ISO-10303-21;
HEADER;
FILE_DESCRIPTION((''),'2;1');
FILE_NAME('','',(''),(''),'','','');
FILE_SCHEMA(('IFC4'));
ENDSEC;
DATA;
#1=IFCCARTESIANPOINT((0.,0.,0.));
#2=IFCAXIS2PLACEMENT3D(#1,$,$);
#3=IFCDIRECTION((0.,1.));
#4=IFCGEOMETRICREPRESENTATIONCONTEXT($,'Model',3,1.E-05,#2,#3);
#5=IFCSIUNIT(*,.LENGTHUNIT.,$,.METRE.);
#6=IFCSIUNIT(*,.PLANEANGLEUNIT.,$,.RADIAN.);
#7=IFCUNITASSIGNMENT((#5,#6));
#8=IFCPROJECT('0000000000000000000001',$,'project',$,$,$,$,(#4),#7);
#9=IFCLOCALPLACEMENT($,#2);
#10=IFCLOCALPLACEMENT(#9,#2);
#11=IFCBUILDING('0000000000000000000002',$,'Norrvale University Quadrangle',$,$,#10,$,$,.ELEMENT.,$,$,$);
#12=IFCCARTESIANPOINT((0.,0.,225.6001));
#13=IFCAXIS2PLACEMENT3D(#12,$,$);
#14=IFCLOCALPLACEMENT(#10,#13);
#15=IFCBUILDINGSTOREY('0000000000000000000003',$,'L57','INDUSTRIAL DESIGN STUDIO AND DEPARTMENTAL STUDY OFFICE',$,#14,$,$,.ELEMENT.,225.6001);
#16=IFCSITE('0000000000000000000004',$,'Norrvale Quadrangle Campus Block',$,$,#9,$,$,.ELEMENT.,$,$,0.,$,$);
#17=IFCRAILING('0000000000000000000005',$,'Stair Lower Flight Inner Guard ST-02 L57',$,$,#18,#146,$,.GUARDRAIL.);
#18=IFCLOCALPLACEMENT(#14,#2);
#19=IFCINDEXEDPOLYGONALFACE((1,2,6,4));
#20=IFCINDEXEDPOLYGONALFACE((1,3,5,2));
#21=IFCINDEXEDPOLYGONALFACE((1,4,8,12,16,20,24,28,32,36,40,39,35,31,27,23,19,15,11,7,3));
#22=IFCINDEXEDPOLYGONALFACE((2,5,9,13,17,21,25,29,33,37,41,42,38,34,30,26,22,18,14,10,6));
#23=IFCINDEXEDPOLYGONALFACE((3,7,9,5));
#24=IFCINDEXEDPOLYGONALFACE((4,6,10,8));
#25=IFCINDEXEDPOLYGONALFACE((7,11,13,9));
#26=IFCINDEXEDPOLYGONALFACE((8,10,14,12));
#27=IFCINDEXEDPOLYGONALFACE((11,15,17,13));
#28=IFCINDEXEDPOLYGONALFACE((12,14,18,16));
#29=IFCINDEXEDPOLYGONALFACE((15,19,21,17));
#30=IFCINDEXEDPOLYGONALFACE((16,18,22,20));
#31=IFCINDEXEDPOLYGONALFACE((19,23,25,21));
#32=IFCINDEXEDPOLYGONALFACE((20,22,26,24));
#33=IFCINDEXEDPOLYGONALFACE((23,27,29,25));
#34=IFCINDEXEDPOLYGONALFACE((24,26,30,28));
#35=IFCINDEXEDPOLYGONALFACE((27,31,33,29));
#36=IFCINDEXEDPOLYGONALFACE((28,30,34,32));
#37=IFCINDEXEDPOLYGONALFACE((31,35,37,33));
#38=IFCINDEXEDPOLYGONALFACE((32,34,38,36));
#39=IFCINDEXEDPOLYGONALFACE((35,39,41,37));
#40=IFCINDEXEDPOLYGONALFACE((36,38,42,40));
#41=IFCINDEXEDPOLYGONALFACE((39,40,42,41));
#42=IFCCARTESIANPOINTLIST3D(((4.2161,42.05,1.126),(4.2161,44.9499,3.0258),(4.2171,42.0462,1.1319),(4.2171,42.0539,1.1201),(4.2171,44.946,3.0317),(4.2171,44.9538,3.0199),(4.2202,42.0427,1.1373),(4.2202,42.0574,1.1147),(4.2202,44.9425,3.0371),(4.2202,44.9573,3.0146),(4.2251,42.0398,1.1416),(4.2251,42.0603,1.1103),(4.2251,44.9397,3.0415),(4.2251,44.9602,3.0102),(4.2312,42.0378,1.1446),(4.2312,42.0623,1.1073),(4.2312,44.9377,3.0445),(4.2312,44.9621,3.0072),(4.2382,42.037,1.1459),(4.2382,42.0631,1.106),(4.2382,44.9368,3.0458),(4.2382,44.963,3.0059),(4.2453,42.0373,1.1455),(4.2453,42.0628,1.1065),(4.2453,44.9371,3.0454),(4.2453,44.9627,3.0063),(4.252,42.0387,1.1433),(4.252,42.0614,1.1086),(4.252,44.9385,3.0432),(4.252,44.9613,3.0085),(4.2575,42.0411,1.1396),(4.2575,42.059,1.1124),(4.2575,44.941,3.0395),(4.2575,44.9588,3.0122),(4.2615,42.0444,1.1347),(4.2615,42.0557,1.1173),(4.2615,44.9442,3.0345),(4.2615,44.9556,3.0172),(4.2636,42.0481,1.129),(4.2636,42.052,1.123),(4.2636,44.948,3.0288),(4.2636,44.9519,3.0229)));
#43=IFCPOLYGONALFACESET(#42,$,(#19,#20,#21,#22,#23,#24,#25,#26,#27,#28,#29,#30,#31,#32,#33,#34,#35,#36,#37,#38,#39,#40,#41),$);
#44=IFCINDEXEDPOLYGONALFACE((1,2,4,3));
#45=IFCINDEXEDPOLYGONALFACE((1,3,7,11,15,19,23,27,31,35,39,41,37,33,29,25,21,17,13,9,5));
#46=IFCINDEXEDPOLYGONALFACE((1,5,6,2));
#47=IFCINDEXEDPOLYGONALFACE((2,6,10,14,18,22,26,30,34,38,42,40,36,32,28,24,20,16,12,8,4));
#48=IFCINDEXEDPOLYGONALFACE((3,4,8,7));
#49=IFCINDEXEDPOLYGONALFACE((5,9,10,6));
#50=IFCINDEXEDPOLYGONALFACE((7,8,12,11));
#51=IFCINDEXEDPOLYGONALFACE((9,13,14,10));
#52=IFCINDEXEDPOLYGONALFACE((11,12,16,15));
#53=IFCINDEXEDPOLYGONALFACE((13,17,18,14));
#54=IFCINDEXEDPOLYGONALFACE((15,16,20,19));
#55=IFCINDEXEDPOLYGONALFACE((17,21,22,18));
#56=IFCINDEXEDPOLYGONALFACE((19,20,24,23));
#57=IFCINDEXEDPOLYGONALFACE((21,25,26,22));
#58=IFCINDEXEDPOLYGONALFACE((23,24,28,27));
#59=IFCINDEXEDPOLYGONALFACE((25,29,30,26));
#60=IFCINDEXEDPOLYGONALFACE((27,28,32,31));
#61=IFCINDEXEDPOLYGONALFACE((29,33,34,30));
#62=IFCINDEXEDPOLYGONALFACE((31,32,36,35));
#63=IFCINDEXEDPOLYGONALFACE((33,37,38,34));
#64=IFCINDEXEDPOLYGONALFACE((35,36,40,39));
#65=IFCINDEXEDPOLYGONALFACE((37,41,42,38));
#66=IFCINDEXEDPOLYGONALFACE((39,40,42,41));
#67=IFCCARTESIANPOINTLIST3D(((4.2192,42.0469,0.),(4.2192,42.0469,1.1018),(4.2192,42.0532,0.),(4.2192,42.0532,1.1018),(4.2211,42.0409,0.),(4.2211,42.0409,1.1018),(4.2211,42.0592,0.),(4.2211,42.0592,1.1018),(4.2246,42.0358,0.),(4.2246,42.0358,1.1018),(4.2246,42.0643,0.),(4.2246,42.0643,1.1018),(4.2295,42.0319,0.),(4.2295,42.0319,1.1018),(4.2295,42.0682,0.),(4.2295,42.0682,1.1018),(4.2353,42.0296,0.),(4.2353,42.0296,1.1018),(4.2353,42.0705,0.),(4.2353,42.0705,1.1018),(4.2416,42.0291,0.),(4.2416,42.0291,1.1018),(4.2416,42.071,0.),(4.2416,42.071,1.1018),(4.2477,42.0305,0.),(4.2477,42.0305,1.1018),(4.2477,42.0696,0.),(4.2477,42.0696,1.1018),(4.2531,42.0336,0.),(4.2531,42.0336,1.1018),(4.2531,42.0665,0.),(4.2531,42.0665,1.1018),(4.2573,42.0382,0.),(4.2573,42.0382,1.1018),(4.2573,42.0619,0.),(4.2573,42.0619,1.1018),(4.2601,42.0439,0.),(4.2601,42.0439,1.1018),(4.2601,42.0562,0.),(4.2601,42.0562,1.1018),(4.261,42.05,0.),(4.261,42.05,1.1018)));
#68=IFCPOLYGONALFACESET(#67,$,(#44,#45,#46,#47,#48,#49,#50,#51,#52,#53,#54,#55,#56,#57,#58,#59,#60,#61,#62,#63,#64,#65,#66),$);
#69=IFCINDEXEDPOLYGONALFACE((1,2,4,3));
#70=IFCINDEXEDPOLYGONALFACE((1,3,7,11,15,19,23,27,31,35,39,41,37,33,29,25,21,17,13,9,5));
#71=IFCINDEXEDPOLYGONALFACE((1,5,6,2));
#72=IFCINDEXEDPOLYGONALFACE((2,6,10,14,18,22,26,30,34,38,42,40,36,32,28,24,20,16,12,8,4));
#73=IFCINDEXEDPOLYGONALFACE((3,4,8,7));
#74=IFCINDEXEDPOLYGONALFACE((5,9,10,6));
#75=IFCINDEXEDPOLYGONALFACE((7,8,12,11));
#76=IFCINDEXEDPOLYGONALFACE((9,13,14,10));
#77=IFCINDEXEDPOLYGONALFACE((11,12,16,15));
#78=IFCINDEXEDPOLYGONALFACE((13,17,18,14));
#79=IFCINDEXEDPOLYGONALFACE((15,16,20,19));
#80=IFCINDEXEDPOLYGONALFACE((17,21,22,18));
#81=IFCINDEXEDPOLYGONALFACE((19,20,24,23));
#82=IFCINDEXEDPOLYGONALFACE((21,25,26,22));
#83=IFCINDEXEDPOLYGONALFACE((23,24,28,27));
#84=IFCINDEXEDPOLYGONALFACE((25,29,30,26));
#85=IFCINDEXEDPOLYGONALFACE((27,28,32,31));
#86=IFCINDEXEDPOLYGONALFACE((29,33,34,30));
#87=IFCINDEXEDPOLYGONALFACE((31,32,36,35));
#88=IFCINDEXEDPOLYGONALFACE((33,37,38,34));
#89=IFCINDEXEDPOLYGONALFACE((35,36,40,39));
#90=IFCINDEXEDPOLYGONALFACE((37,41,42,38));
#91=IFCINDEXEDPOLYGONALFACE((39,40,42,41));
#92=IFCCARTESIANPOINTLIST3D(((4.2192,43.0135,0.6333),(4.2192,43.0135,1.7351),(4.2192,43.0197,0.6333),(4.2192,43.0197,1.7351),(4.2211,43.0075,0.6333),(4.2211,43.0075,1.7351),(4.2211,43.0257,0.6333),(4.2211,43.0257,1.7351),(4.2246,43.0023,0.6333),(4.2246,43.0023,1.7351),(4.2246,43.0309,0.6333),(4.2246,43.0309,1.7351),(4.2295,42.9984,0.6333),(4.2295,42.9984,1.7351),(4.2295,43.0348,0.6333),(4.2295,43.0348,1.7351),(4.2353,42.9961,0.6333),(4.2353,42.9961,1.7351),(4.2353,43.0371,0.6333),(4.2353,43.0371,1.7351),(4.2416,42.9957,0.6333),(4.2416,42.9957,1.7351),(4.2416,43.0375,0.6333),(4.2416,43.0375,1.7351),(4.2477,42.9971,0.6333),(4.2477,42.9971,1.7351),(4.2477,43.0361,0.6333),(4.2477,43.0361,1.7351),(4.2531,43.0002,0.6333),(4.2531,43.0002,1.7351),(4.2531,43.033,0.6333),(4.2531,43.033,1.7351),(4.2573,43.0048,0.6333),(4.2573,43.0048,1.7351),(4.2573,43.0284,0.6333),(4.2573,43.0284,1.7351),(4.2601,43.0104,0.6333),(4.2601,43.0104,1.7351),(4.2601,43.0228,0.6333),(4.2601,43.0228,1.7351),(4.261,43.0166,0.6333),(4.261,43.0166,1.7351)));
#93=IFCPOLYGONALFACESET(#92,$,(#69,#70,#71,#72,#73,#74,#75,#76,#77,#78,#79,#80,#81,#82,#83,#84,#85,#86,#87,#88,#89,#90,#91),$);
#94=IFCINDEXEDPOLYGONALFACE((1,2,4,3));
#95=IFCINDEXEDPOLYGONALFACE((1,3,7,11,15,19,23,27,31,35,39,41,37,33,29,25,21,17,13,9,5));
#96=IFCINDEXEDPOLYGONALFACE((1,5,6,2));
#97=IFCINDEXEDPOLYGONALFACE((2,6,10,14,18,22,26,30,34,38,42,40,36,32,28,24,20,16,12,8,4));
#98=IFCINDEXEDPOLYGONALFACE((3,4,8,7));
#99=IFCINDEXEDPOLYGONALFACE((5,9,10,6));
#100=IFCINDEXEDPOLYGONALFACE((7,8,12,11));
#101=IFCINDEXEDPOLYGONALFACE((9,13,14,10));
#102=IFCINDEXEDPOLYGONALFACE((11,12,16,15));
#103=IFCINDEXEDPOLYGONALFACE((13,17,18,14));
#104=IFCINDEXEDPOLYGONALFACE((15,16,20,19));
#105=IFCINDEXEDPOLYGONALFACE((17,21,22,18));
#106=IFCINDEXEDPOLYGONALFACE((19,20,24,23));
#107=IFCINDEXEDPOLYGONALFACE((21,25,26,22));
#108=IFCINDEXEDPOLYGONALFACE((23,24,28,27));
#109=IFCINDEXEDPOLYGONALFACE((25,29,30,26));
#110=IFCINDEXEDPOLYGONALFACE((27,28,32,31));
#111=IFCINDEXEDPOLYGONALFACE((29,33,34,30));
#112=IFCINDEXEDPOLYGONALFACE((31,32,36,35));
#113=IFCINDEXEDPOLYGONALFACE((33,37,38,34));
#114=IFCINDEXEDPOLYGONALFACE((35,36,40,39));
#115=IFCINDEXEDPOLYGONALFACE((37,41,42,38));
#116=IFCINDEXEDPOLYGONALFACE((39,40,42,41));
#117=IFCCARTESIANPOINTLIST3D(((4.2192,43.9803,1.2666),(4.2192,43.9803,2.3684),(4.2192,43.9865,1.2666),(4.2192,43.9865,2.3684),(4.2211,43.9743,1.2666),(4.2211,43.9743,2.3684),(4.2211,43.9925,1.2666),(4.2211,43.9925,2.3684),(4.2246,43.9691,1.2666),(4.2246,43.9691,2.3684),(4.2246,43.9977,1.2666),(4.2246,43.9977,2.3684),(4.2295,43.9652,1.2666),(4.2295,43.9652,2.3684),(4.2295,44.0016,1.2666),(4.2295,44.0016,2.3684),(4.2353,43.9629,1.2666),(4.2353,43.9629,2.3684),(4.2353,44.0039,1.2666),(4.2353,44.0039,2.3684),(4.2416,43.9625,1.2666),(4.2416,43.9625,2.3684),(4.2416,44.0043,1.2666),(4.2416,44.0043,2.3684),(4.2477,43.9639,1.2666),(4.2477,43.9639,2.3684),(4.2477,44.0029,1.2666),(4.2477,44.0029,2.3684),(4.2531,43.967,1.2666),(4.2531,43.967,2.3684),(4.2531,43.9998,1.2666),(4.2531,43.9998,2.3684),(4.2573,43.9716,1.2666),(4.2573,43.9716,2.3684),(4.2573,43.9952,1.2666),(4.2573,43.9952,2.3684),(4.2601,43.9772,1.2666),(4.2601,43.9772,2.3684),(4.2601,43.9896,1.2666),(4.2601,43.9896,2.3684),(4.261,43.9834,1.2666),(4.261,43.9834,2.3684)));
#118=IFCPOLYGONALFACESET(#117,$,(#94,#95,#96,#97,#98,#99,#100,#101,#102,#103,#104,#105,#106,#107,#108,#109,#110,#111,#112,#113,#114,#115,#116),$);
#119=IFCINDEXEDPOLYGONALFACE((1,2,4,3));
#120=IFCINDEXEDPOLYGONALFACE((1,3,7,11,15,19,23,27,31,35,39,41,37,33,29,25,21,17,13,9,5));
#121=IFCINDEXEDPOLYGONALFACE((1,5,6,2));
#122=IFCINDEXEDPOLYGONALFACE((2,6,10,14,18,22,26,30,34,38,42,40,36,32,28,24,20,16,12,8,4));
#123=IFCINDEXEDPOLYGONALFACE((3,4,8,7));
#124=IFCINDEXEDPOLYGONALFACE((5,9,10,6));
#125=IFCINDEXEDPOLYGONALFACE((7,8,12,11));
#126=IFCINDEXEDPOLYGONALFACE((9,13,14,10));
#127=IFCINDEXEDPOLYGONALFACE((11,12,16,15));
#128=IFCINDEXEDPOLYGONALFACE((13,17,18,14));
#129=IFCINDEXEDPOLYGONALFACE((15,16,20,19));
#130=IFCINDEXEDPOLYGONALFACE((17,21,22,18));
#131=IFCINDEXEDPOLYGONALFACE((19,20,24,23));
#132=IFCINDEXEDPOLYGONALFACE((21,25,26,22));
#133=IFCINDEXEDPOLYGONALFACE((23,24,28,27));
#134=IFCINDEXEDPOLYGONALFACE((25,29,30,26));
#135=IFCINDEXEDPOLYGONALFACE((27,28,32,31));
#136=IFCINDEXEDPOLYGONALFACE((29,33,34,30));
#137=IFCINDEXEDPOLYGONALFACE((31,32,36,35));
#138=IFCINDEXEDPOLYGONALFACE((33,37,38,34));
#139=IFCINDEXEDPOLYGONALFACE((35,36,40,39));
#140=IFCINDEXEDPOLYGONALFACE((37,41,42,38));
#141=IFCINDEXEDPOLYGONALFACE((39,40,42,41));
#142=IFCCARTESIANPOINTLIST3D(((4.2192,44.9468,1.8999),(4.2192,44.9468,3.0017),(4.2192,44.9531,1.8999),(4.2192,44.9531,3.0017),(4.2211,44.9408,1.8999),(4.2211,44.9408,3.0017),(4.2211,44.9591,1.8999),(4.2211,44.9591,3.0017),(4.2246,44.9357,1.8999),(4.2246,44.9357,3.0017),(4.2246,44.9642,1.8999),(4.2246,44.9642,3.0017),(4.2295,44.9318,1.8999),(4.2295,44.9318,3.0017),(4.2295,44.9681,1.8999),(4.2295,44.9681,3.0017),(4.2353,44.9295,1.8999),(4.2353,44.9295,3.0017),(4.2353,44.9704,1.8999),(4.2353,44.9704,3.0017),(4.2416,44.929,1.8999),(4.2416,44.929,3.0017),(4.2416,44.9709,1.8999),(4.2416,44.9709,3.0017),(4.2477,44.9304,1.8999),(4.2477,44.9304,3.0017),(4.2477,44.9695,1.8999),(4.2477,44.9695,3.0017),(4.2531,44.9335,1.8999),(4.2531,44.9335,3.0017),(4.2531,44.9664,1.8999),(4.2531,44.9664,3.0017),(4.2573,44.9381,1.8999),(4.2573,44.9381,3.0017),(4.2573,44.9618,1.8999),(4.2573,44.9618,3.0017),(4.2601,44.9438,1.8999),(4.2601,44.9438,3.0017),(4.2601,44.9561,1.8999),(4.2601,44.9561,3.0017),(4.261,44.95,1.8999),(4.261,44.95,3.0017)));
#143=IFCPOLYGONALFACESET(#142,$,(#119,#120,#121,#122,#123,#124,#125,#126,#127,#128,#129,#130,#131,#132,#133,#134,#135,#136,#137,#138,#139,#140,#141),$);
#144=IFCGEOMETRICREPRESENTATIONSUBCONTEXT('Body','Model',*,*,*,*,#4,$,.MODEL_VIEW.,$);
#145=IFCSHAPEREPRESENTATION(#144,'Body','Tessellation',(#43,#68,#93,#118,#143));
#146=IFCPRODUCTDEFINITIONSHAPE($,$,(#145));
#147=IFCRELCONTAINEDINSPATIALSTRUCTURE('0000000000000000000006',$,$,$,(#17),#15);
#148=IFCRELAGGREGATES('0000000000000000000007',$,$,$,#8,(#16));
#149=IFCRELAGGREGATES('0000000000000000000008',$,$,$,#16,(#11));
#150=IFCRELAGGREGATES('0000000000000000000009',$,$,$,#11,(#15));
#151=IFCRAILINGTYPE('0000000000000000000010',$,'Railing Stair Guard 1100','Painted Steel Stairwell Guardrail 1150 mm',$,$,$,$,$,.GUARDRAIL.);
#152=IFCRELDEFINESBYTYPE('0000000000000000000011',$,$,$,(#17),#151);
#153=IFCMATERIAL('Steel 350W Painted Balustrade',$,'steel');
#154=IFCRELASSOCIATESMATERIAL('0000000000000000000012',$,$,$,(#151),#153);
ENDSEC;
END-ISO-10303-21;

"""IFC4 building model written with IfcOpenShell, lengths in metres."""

from ifc_helpers import new_model, si_unit, direction, frame, origin, origin_2d, place, context, subcontext, project, spatial, circle, extrude, material, type_object, element, save


model = new_model("IFC4")

# Units and contexts
model_context = context("Model", 3, precision=1e-05, world=origin(), true_north=direction((0.0, 1.0)))
body_context = subcontext(model_context, "Body", "Model", "MODEL_VIEW")
ifc_project = project(units=[si_unit("LENGTHUNIT", "METRE"), si_unit("PLANEANGLEUNIT", "RADIAN")], contexts=[model_context])

# Site, building, storey
site_placement = place(None, origin())
site = spatial("IfcSite", under=ifc_project, at=site_placement, Name="Norrvale Quadrangle Campus Block", CompositionType="ELEMENT", RefElevation=0.0)
building_placement = place(site_placement, origin())
building = spatial("IfcBuilding", under=site, at=building_placement, Name="Norrvale University Quadrangle", CompositionType="ELEMENT")
storey_placement = place(building_placement, frame((0.0, 0.0, 225.6001)))
storey = spatial("IfcBuildingStorey", under=building, at=storey_placement, Name="L57", Description="INDUSTRIAL DESIGN STUDIO AND DEPARTMENTAL STUDY OFFICE", CompositionType="ELEMENT", Elevation=225.6001)

# Railing
ifc_material_1 = material(Name="Steel 350W Painted Balustrade", Category="steel")
railing_type_1 = type_object("IfcRailingType", Name="Railing Stair Guard 1100", Description="Painted Steel Stairwell Guardrail 1150 mm", PredefinedType="GUARDRAIL", material=ifc_material_1)
railing_1_placement = place(storey_placement, frame((4.24, 42.05, 0.0)))
element("IfcRailing", 1, at=railing_1_placement, inside=storey, type_object=railing_type_1, Name="Stair Lower Flight Inner Guard ST-02 L57", PredefinedType="GUARDRAIL", context=body_context, shape_type="SweptSolid", body=[
    extrude(circle(Radius=0.0239, at=origin_2d()), frame((0.0, 0.0, 1.126), z_axis=(0.0, 0.836466, 0.548019), x_axis=(-1.0, 0.0, 0.0)), (0.0, 0.0, 1.0), 3.4668),
    extrude(circle(Radius=0.021, at=origin_2d()), origin(), (0.0, 0.0, 1.0), 1.1018),
    extrude(circle(Radius=0.021, at=origin_2d()), frame((0.0, 0.9666, 0.6333)), (0.0, 0.0, 1.0), 1.1018),
    extrude(circle(Radius=0.021, at=origin_2d()), frame((0.0, 1.9333, 1.2666)), (0.0, 0.0, 1.0), 1.1018),
    extrude(circle(Radius=0.021, at=origin_2d()), frame((0.0, 2.8999, 1.8999)), (0.0, 0.0, 1.0), 1.1018),
])

save(model, "model.ifc")
